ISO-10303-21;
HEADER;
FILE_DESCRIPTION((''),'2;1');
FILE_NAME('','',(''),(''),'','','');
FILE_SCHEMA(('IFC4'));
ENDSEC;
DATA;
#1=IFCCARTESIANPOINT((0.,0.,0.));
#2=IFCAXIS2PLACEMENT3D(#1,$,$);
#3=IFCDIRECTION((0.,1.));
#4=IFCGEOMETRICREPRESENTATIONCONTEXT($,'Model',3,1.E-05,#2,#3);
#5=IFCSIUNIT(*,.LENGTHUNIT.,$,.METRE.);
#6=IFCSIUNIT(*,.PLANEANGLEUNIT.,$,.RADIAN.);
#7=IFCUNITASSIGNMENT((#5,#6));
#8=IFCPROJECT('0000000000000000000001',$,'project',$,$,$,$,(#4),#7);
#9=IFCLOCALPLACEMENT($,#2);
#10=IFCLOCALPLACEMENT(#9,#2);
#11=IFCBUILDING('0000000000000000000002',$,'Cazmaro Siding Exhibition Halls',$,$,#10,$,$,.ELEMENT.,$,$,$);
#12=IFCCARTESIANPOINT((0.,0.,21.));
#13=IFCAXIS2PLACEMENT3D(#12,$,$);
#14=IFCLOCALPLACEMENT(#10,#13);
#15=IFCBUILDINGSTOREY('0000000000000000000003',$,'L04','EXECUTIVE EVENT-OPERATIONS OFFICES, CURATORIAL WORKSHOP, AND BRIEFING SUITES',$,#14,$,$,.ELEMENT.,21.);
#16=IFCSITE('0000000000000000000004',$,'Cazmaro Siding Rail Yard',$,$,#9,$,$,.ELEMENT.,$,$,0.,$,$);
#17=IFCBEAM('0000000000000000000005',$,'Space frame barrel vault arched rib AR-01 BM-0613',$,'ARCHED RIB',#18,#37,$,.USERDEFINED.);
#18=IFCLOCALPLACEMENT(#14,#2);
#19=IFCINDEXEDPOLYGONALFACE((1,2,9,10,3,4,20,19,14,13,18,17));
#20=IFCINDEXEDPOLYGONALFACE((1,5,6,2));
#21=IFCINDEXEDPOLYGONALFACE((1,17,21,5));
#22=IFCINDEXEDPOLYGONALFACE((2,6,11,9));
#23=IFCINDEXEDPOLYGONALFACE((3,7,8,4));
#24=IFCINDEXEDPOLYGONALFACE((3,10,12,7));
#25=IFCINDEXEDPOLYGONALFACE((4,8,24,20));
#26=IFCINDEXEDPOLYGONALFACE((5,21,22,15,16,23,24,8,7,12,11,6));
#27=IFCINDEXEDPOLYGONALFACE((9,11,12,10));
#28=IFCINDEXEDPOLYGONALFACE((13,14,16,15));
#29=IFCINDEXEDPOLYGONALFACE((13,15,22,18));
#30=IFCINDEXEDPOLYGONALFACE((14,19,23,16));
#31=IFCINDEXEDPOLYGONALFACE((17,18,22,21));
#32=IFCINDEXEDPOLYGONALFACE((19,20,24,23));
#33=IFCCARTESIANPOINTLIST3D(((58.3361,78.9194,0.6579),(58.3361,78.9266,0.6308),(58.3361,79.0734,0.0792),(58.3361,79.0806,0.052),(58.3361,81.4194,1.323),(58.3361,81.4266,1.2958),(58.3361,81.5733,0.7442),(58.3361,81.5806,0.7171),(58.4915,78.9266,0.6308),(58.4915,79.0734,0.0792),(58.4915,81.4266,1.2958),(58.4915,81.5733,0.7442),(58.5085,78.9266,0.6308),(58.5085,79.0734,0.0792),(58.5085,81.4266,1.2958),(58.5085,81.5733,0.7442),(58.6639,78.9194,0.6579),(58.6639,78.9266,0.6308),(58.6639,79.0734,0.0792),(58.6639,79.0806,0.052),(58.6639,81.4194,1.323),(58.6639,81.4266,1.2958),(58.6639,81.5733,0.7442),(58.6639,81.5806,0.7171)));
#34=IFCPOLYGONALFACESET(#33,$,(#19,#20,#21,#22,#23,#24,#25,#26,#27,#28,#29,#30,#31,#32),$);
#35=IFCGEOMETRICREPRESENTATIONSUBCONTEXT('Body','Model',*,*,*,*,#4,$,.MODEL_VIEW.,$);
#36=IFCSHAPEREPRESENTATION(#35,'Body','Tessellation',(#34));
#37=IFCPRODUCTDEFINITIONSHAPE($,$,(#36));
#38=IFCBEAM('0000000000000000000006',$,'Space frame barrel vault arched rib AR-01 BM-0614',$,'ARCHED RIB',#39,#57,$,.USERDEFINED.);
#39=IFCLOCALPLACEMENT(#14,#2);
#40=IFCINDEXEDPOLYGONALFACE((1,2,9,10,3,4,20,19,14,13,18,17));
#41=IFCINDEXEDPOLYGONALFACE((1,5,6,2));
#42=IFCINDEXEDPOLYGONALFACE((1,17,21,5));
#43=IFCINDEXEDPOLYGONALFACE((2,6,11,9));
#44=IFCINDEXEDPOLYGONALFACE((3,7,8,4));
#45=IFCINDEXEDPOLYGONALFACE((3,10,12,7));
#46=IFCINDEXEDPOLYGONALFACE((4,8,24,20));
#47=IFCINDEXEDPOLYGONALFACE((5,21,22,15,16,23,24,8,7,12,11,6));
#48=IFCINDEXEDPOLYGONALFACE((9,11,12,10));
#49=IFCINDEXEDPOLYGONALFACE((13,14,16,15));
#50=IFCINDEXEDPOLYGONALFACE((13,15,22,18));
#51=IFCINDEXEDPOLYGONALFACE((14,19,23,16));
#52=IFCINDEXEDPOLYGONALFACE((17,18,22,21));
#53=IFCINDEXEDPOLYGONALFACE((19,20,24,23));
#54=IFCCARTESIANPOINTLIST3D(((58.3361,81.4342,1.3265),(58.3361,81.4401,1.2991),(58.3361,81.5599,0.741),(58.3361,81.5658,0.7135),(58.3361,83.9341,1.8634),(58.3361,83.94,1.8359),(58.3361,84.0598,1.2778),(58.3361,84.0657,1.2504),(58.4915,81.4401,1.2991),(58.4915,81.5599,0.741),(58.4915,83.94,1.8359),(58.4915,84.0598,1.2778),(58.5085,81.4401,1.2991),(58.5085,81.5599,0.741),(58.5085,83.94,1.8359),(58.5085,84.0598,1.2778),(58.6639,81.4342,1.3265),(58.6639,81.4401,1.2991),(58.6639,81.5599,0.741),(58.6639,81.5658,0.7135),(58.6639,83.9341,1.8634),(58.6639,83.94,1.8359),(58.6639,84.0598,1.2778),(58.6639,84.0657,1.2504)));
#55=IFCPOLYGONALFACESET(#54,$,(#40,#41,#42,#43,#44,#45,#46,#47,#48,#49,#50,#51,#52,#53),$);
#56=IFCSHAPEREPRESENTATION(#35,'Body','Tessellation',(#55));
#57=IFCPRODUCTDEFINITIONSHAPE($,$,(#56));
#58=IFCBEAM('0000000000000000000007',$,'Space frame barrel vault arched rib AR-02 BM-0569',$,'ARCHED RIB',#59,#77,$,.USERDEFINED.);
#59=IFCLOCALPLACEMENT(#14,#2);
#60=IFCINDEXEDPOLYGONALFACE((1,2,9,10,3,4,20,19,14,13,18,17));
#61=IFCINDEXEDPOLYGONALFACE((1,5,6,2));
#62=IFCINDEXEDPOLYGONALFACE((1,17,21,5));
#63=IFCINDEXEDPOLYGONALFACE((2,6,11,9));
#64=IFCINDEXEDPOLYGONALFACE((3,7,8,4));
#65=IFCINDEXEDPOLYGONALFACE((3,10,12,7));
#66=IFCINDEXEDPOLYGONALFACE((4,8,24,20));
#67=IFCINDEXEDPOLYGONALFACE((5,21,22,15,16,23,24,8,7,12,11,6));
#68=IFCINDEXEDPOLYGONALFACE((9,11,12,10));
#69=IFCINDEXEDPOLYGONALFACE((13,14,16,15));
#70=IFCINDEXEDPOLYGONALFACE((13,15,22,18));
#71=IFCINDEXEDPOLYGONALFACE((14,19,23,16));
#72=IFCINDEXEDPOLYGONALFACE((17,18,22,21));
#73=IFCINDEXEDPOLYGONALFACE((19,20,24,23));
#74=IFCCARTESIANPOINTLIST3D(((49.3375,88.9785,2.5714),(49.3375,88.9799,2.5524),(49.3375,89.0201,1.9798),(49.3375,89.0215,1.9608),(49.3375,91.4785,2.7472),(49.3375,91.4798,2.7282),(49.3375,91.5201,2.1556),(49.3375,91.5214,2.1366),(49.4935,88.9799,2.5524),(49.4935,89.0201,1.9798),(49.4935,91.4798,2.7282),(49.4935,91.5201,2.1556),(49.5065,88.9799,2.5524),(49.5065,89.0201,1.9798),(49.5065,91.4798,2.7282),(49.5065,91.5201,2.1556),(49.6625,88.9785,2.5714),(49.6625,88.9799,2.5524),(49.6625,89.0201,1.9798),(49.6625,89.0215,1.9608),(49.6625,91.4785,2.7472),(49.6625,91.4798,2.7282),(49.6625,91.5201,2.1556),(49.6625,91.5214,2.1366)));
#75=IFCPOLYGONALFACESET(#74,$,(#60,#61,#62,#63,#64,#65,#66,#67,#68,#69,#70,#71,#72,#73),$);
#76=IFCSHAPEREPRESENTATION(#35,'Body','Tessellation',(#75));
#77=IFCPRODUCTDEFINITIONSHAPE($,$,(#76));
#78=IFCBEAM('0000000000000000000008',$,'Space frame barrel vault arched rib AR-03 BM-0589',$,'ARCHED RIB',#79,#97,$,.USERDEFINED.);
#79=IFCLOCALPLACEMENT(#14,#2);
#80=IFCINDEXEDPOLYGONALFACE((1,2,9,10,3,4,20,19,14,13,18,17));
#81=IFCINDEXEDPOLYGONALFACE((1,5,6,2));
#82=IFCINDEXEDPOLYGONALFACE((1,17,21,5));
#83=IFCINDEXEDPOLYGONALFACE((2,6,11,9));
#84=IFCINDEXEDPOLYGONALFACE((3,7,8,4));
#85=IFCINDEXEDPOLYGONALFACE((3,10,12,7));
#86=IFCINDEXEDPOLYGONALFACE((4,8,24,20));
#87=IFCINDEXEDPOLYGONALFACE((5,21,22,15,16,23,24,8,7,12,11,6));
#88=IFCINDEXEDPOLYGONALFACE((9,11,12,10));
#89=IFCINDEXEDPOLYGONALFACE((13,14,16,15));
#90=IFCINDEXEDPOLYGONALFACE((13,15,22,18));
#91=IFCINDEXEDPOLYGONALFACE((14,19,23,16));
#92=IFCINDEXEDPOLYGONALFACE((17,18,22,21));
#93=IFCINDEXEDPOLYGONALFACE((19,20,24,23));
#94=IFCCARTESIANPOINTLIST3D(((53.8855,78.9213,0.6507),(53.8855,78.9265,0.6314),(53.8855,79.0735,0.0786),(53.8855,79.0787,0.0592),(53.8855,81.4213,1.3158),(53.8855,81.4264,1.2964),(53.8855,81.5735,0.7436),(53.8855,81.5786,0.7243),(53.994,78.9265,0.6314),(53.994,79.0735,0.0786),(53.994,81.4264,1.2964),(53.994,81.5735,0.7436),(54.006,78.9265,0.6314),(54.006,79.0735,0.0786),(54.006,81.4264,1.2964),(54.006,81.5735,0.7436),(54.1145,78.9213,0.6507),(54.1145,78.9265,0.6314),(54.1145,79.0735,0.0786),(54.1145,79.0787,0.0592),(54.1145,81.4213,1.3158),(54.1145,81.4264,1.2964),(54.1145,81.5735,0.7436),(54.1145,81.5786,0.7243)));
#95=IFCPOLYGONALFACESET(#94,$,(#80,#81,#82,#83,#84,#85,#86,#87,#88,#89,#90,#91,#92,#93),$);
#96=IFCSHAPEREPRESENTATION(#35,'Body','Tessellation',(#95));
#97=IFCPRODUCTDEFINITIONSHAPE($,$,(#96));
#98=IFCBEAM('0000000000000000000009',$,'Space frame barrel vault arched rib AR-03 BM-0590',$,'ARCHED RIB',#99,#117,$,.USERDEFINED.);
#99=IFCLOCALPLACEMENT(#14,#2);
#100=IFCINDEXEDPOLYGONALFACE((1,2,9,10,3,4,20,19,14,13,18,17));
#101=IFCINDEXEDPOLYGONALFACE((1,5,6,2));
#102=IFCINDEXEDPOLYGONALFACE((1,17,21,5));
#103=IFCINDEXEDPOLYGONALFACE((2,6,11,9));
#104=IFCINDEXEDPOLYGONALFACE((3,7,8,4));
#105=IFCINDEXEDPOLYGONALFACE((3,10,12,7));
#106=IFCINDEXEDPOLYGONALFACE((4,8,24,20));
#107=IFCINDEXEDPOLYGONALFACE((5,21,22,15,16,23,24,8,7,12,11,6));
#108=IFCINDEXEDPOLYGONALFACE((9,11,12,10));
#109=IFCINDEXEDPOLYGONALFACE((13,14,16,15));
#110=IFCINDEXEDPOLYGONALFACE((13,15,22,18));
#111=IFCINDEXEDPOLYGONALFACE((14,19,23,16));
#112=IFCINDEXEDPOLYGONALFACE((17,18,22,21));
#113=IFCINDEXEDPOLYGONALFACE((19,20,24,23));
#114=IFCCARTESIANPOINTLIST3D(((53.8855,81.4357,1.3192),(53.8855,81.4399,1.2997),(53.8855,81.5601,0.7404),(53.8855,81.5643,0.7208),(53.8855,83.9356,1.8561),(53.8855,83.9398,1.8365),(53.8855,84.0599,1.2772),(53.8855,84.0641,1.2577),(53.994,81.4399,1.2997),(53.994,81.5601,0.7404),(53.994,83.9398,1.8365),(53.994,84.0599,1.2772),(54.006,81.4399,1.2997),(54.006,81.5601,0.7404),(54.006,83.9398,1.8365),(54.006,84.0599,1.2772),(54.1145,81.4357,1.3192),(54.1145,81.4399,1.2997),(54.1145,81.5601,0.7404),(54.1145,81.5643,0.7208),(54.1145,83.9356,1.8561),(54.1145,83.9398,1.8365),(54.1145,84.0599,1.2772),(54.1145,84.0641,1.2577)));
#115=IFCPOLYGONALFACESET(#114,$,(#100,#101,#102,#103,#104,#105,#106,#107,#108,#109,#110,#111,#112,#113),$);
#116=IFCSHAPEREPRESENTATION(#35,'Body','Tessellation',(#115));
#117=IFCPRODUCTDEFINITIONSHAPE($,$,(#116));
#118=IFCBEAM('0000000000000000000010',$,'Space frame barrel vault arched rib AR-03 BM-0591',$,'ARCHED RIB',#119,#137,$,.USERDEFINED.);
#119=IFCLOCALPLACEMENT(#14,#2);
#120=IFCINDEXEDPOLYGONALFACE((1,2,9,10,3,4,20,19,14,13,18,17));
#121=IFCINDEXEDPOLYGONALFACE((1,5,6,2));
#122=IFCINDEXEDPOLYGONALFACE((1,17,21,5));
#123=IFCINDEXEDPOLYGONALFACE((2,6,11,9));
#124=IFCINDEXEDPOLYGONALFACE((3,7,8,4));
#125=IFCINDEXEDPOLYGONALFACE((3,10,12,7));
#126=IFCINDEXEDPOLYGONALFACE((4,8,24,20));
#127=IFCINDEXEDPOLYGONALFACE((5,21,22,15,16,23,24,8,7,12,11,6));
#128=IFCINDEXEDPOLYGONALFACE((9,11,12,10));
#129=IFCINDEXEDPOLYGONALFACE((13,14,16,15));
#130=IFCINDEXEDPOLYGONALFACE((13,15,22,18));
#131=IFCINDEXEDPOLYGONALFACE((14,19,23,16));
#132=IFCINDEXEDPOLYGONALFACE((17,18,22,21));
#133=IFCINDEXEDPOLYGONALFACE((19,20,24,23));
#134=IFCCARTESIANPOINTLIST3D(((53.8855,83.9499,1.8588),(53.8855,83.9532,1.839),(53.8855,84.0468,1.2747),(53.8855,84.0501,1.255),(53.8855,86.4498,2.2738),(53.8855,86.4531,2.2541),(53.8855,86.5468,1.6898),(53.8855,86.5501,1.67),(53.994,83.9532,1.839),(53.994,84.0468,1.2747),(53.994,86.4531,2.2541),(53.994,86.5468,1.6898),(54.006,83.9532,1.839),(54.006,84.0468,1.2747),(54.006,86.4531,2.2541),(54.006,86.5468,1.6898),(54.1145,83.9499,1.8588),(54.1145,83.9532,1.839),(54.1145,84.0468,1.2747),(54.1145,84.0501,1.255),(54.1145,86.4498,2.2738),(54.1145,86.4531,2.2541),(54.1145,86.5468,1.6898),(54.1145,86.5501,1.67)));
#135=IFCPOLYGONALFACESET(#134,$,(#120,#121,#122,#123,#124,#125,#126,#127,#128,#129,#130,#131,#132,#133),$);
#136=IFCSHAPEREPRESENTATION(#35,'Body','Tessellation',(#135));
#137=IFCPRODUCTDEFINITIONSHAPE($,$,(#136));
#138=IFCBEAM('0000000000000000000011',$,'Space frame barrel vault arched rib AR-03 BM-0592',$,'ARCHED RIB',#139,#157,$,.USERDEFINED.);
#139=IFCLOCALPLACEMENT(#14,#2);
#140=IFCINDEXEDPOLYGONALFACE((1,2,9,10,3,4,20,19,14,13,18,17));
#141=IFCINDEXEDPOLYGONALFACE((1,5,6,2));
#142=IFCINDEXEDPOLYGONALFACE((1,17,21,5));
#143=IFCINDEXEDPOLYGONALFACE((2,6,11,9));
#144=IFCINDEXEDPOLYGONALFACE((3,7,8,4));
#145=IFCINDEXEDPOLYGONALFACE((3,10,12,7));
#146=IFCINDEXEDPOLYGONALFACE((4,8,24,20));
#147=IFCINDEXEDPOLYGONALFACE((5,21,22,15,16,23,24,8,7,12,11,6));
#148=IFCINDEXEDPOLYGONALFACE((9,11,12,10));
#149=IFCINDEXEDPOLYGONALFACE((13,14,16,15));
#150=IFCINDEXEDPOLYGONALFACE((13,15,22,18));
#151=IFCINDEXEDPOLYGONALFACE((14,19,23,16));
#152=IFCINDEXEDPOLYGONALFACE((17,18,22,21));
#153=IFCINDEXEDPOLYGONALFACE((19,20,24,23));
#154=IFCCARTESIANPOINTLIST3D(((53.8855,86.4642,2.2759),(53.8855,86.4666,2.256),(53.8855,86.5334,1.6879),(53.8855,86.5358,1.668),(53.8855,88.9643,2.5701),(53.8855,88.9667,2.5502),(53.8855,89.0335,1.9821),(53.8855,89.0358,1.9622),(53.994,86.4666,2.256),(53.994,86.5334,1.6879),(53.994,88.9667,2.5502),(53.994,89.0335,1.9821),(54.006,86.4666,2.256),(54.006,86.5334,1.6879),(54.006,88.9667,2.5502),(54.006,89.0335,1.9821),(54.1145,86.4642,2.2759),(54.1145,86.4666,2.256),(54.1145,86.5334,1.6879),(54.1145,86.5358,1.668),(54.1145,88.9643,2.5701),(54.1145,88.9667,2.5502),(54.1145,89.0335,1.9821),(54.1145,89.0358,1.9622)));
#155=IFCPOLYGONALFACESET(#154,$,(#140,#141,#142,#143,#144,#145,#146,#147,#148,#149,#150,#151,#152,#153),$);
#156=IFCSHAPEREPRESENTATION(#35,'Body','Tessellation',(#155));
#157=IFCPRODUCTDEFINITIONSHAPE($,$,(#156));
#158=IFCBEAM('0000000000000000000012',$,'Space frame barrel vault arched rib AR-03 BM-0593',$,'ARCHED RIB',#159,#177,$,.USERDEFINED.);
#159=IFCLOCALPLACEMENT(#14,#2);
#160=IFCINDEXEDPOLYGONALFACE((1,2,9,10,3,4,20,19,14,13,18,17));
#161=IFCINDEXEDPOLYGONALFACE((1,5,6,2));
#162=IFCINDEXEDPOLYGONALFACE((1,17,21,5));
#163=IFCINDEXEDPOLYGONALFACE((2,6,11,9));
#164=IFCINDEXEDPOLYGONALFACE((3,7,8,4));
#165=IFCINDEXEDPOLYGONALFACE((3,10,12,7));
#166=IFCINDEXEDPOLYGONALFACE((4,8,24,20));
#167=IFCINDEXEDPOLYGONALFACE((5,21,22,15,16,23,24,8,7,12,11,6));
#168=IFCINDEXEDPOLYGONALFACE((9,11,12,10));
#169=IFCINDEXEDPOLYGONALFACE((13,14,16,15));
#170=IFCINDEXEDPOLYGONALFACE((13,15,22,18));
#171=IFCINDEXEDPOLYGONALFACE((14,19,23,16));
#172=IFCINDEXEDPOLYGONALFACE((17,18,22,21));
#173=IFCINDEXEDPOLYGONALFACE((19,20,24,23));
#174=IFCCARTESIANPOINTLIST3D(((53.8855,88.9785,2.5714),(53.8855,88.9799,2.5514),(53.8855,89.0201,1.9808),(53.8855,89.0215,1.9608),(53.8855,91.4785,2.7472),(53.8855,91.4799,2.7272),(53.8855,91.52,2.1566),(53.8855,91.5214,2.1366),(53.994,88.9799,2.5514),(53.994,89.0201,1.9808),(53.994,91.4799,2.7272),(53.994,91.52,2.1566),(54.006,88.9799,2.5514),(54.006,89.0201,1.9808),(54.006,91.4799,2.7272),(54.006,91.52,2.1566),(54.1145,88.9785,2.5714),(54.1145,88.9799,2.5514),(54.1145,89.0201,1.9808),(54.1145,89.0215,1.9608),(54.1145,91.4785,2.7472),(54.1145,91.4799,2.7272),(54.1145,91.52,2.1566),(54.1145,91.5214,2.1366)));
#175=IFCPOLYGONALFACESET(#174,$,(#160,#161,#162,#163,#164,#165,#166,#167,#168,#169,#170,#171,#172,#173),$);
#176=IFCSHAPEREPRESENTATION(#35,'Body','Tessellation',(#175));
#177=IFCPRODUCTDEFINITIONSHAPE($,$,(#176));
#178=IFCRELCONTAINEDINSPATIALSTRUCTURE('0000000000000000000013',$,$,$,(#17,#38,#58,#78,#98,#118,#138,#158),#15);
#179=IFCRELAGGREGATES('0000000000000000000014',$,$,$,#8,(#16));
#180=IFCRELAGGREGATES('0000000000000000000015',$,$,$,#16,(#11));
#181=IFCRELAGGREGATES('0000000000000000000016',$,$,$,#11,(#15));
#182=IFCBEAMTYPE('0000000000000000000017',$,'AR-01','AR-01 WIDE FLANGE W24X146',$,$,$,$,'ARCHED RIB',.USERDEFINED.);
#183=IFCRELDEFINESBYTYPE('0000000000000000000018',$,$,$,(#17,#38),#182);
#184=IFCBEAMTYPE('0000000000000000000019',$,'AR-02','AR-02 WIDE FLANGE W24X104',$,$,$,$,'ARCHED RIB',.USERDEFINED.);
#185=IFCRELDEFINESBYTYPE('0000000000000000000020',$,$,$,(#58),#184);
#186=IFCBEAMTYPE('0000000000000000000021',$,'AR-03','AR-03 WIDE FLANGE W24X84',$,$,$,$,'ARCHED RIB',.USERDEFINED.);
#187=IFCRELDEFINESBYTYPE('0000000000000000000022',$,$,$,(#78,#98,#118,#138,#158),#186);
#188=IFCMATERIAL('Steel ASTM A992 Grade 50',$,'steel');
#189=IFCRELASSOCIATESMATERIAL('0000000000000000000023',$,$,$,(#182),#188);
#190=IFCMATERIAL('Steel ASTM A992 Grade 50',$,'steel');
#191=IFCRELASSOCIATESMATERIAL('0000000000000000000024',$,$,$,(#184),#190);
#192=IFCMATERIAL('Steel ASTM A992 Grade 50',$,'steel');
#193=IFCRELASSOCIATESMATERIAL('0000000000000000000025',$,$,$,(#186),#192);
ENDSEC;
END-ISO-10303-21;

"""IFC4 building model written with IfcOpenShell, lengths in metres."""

from ifc_helpers import new_model, si_unit, direction, frame, origin, origin_2d, place, context, subcontext, project, spatial, i_section, extrude, material, material_profile, profile_set, type_object, element, save


model = new_model("IFC4")

# Units and contexts
model_context = context("Model", 3, precision=1e-05, world=origin(), true_north=direction((0.0, 1.0)))
body_context = subcontext(model_context, "Body", "Model", "MODEL_VIEW")
ifc_project = project(units=[si_unit("LENGTHUNIT", "METRE"), si_unit("PLANEANGLEUNIT", "RADIAN")], contexts=[model_context])

# Site, building, storey
site_placement = place(None, origin())
site = spatial("IfcSite", under=ifc_project, at=site_placement, Name="Cazmaro Siding Rail Yard", CompositionType="ELEMENT", RefElevation=0.0)
building_placement = place(site_placement, origin())
building = spatial("IfcBuilding", under=site, at=building_placement, Name="Cazmaro Siding Exhibition Halls", CompositionType="ELEMENT")
storey_placement = place(building_placement, frame((0.0, 0.0, 21.0)))
storey = spatial("IfcBuildingStorey", under=building, at=storey_placement, Name="L04", Description="EXECUTIVE EVENT-OPERATIONS OFFICES, CURATORIAL WORKSHOP, AND BRIEFING SUITES", CompositionType="ELEMENT", Elevation=21.0)

# Beams
ifc_material_1 = material(Name="Steel ASTM A992 Grade 50", Category="steel")
ifc_material_profile_1 = material_profile(ifc_material_1, i_section(OverallWidth=0.3279, OverallDepth=0.627, WebThickness=0.0171, FlangeThickness=0.0281, at=origin_2d()), Name="W24X146")
ifc_profile_set_1 = profile_set([ifc_material_profile_1], Name="Steel ASTM A992 Grade 50")
beam_type_1 = type_object("IfcBeamType", Name="AR-01", Description="AR-01 WIDE FLANGE W24X146", ElementType="ARCHED RIB", PredefinedType="USERDEFINED", material=ifc_profile_set_1)
beam_1_placement = place(storey_placement, frame((58.5, 79.0, 0.355), z_axis=(0.0, 0.966391, 0.257075), x_axis=(-1.0, 0.0, 0.0)))
element("IfcBeam", 1, at=beam_1_placement, inside=storey, type_object=beam_type_1, Name="Space frame barrel vault arched rib AR-01 BM-0613", ObjectType="ARCHED RIB", PredefinedType="USERDEFINED", context=body_context, shape_type="SweptSolid", body=[
    extrude(i_section(OverallWidth=0.3279, OverallDepth=0.627, WebThickness=0.0171, FlangeThickness=0.0281, at=origin_2d()), origin(), (0.0, 0.0, 1.0), 2.5869),
])
beam_2_placement = place(storey_placement, frame((58.5, 81.5, 1.02), z_axis=(0.0, 0.97771, 0.209959), x_axis=(-1.0, 0.0, 0.0)))
element("IfcBeam", 2, at=beam_2_placement, inside=storey, type_object=beam_type_1, Name="Space frame barrel vault arched rib AR-01 BM-0614", ObjectType="ARCHED RIB", PredefinedType="USERDEFINED", context=body_context, shape_type="SweptSolid", body=[
    extrude(i_section(OverallWidth=0.3279, OverallDepth=0.627, WebThickness=0.0171, FlangeThickness=0.0281, at=origin_2d()), origin(), (0.0, 0.0, 1.0), 2.5569),
])
ifc_material_2 = material(Name="Steel ASTM A992 Grade 50", Category="steel")
ifc_material_profile_2 = material_profile(ifc_material_2, i_section(OverallWidth=0.325, OverallDepth=0.6121, WebThickness=0.0129, FlangeThickness=0.019, at=origin_2d()), Name="W24X104")
ifc_profile_set_2 = profile_set([ifc_material_profile_2], Name="Steel ASTM A992 Grade 50")
beam_type_2 = type_object("IfcBeamType", Name="AR-02", Description="AR-02 WIDE FLANGE W24X104", ElementType="ARCHED RIB", PredefinedType="USERDEFINED", material=ifc_profile_set_2)
beam_3_placement = place(storey_placement, frame((49.5, 89.0, 2.2661), z_axis=(0.0, 0.997537, 0.070139), x_axis=(-1.0, 0.0, 0.0)))
element("IfcBeam", 3, at=beam_3_placement, inside=storey, type_object=beam_type_2, Name="Space frame barrel vault arched rib AR-02 BM-0569", ObjectType="ARCHED RIB", PredefinedType="USERDEFINED", context=body_context, shape_type="SweptSolid", body=[
    extrude(i_section(OverallWidth=0.325, OverallDepth=0.6121, WebThickness=0.0129, FlangeThickness=0.019, at=origin_2d()), origin(), (0.0, 0.0, 1.0), 2.5061),
])
ifc_material_3 = material(Name="Steel ASTM A992 Grade 50", Category="steel")
ifc_material_profile_3 = material_profile(ifc_material_3, i_section(OverallWidth=0.229, OverallDepth=0.6121, WebThickness=0.012, FlangeThickness=0.02, at=origin_2d()), Name="W24X84")
ifc_profile_set_3 = profile_set([ifc_material_profile_3], Name="Steel ASTM A992 Grade 50")
beam_type_3 = type_object("IfcBeamType", Name="AR-03", Description="AR-03 WIDE FLANGE W24X84", ElementType="ARCHED RIB", PredefinedType="USERDEFINED", material=ifc_profile_set_3)
beam_4_placement = place(storey_placement, frame((54.0, 79.0, 0.355), z_axis=(0.0, 0.966391, 0.257075), x_axis=(-1.0, 0.0, 0.0)))
element("IfcBeam", 4, at=beam_4_placement, inside=storey, type_object=beam_type_3, Name="Space frame barrel vault arched rib AR-03 BM-0589", ObjectType="ARCHED RIB", PredefinedType="USERDEFINED", context=body_context, shape_type="SweptSolid", body=[
    extrude(i_section(OverallWidth=0.229, OverallDepth=0.6121, WebThickness=0.012, FlangeThickness=0.02, at=origin_2d()), origin(), (0.0, 0.0, 1.0), 2.5869),
])
beam_5_placement = place(storey_placement, frame((54.0, 81.5, 1.02), z_axis=(0.0, 0.97771, 0.209959), x_axis=(-1.0, 0.0, 0.0)))
element("IfcBeam", 5, at=beam_5_placement, inside=storey, type_object=beam_type_3, Name="Space frame barrel vault arched rib AR-03 BM-0590", ObjectType="ARCHED RIB", PredefinedType="USERDEFINED", context=body_context, shape_type="SweptSolid", body=[
    extrude(i_section(OverallWidth=0.229, OverallDepth=0.6121, WebThickness=0.012, FlangeThickness=0.02, at=origin_2d()), origin(), (0.0, 0.0, 1.0), 2.5569),
])
beam_6_placement = place(storey_placement, frame((54.0, 84.0, 1.5569), z_axis=(0.0, 0.986498, 0.163774), x_axis=(-1.0, 0.0, 0.0)))
element("IfcBeam", 6, at=beam_6_placement, inside=storey, type_object=beam_type_3, Name="Space frame barrel vault arched rib AR-03 BM-0591", ObjectType="ARCHED RIB", PredefinedType="USERDEFINED", context=body_context, shape_type="SweptSolid", body=[
    extrude(i_section(OverallWidth=0.229, OverallDepth=0.6121, WebThickness=0.012, FlangeThickness=0.02, at=origin_2d()), origin(), (0.0, 0.0, 1.0), 2.5342),
])
beam_7_placement = place(storey_placement, frame((54.0, 86.5, 1.9719), z_axis=(0.0, 0.993147, 0.116869), x_axis=(-1.0, 0.0, 0.0)))
element("IfcBeam", 7, at=beam_7_placement, inside=storey, type_object=beam_type_3, Name="Space frame barrel vault arched rib AR-03 BM-0592", ObjectType="ARCHED RIB", PredefinedType="USERDEFINED", context=body_context, shape_type="SweptSolid", body=[
    extrude(i_section(OverallWidth=0.229, OverallDepth=0.6121, WebThickness=0.012, FlangeThickness=0.02, at=origin_2d()), origin(), (0.0, 0.0, 1.0), 2.5173),
])
beam_8_placement = place(storey_placement, frame((54.0, 89.0, 2.2661), z_axis=(0.0, 0.997537, 0.070139), x_axis=(-1.0, 0.0, 0.0)))
element("IfcBeam", 8, at=beam_8_placement, inside=storey, type_object=beam_type_3, Name="Space frame barrel vault arched rib AR-03 BM-0593", ObjectType="ARCHED RIB", PredefinedType="USERDEFINED", context=body_context, shape_type="SweptSolid", body=[
    extrude(i_section(OverallWidth=0.229, OverallDepth=0.6121, WebThickness=0.012, FlangeThickness=0.02, at=origin_2d()), origin(), (0.0, 0.0, 1.0), 2.5061),
])

save(model, "model.ifc")
